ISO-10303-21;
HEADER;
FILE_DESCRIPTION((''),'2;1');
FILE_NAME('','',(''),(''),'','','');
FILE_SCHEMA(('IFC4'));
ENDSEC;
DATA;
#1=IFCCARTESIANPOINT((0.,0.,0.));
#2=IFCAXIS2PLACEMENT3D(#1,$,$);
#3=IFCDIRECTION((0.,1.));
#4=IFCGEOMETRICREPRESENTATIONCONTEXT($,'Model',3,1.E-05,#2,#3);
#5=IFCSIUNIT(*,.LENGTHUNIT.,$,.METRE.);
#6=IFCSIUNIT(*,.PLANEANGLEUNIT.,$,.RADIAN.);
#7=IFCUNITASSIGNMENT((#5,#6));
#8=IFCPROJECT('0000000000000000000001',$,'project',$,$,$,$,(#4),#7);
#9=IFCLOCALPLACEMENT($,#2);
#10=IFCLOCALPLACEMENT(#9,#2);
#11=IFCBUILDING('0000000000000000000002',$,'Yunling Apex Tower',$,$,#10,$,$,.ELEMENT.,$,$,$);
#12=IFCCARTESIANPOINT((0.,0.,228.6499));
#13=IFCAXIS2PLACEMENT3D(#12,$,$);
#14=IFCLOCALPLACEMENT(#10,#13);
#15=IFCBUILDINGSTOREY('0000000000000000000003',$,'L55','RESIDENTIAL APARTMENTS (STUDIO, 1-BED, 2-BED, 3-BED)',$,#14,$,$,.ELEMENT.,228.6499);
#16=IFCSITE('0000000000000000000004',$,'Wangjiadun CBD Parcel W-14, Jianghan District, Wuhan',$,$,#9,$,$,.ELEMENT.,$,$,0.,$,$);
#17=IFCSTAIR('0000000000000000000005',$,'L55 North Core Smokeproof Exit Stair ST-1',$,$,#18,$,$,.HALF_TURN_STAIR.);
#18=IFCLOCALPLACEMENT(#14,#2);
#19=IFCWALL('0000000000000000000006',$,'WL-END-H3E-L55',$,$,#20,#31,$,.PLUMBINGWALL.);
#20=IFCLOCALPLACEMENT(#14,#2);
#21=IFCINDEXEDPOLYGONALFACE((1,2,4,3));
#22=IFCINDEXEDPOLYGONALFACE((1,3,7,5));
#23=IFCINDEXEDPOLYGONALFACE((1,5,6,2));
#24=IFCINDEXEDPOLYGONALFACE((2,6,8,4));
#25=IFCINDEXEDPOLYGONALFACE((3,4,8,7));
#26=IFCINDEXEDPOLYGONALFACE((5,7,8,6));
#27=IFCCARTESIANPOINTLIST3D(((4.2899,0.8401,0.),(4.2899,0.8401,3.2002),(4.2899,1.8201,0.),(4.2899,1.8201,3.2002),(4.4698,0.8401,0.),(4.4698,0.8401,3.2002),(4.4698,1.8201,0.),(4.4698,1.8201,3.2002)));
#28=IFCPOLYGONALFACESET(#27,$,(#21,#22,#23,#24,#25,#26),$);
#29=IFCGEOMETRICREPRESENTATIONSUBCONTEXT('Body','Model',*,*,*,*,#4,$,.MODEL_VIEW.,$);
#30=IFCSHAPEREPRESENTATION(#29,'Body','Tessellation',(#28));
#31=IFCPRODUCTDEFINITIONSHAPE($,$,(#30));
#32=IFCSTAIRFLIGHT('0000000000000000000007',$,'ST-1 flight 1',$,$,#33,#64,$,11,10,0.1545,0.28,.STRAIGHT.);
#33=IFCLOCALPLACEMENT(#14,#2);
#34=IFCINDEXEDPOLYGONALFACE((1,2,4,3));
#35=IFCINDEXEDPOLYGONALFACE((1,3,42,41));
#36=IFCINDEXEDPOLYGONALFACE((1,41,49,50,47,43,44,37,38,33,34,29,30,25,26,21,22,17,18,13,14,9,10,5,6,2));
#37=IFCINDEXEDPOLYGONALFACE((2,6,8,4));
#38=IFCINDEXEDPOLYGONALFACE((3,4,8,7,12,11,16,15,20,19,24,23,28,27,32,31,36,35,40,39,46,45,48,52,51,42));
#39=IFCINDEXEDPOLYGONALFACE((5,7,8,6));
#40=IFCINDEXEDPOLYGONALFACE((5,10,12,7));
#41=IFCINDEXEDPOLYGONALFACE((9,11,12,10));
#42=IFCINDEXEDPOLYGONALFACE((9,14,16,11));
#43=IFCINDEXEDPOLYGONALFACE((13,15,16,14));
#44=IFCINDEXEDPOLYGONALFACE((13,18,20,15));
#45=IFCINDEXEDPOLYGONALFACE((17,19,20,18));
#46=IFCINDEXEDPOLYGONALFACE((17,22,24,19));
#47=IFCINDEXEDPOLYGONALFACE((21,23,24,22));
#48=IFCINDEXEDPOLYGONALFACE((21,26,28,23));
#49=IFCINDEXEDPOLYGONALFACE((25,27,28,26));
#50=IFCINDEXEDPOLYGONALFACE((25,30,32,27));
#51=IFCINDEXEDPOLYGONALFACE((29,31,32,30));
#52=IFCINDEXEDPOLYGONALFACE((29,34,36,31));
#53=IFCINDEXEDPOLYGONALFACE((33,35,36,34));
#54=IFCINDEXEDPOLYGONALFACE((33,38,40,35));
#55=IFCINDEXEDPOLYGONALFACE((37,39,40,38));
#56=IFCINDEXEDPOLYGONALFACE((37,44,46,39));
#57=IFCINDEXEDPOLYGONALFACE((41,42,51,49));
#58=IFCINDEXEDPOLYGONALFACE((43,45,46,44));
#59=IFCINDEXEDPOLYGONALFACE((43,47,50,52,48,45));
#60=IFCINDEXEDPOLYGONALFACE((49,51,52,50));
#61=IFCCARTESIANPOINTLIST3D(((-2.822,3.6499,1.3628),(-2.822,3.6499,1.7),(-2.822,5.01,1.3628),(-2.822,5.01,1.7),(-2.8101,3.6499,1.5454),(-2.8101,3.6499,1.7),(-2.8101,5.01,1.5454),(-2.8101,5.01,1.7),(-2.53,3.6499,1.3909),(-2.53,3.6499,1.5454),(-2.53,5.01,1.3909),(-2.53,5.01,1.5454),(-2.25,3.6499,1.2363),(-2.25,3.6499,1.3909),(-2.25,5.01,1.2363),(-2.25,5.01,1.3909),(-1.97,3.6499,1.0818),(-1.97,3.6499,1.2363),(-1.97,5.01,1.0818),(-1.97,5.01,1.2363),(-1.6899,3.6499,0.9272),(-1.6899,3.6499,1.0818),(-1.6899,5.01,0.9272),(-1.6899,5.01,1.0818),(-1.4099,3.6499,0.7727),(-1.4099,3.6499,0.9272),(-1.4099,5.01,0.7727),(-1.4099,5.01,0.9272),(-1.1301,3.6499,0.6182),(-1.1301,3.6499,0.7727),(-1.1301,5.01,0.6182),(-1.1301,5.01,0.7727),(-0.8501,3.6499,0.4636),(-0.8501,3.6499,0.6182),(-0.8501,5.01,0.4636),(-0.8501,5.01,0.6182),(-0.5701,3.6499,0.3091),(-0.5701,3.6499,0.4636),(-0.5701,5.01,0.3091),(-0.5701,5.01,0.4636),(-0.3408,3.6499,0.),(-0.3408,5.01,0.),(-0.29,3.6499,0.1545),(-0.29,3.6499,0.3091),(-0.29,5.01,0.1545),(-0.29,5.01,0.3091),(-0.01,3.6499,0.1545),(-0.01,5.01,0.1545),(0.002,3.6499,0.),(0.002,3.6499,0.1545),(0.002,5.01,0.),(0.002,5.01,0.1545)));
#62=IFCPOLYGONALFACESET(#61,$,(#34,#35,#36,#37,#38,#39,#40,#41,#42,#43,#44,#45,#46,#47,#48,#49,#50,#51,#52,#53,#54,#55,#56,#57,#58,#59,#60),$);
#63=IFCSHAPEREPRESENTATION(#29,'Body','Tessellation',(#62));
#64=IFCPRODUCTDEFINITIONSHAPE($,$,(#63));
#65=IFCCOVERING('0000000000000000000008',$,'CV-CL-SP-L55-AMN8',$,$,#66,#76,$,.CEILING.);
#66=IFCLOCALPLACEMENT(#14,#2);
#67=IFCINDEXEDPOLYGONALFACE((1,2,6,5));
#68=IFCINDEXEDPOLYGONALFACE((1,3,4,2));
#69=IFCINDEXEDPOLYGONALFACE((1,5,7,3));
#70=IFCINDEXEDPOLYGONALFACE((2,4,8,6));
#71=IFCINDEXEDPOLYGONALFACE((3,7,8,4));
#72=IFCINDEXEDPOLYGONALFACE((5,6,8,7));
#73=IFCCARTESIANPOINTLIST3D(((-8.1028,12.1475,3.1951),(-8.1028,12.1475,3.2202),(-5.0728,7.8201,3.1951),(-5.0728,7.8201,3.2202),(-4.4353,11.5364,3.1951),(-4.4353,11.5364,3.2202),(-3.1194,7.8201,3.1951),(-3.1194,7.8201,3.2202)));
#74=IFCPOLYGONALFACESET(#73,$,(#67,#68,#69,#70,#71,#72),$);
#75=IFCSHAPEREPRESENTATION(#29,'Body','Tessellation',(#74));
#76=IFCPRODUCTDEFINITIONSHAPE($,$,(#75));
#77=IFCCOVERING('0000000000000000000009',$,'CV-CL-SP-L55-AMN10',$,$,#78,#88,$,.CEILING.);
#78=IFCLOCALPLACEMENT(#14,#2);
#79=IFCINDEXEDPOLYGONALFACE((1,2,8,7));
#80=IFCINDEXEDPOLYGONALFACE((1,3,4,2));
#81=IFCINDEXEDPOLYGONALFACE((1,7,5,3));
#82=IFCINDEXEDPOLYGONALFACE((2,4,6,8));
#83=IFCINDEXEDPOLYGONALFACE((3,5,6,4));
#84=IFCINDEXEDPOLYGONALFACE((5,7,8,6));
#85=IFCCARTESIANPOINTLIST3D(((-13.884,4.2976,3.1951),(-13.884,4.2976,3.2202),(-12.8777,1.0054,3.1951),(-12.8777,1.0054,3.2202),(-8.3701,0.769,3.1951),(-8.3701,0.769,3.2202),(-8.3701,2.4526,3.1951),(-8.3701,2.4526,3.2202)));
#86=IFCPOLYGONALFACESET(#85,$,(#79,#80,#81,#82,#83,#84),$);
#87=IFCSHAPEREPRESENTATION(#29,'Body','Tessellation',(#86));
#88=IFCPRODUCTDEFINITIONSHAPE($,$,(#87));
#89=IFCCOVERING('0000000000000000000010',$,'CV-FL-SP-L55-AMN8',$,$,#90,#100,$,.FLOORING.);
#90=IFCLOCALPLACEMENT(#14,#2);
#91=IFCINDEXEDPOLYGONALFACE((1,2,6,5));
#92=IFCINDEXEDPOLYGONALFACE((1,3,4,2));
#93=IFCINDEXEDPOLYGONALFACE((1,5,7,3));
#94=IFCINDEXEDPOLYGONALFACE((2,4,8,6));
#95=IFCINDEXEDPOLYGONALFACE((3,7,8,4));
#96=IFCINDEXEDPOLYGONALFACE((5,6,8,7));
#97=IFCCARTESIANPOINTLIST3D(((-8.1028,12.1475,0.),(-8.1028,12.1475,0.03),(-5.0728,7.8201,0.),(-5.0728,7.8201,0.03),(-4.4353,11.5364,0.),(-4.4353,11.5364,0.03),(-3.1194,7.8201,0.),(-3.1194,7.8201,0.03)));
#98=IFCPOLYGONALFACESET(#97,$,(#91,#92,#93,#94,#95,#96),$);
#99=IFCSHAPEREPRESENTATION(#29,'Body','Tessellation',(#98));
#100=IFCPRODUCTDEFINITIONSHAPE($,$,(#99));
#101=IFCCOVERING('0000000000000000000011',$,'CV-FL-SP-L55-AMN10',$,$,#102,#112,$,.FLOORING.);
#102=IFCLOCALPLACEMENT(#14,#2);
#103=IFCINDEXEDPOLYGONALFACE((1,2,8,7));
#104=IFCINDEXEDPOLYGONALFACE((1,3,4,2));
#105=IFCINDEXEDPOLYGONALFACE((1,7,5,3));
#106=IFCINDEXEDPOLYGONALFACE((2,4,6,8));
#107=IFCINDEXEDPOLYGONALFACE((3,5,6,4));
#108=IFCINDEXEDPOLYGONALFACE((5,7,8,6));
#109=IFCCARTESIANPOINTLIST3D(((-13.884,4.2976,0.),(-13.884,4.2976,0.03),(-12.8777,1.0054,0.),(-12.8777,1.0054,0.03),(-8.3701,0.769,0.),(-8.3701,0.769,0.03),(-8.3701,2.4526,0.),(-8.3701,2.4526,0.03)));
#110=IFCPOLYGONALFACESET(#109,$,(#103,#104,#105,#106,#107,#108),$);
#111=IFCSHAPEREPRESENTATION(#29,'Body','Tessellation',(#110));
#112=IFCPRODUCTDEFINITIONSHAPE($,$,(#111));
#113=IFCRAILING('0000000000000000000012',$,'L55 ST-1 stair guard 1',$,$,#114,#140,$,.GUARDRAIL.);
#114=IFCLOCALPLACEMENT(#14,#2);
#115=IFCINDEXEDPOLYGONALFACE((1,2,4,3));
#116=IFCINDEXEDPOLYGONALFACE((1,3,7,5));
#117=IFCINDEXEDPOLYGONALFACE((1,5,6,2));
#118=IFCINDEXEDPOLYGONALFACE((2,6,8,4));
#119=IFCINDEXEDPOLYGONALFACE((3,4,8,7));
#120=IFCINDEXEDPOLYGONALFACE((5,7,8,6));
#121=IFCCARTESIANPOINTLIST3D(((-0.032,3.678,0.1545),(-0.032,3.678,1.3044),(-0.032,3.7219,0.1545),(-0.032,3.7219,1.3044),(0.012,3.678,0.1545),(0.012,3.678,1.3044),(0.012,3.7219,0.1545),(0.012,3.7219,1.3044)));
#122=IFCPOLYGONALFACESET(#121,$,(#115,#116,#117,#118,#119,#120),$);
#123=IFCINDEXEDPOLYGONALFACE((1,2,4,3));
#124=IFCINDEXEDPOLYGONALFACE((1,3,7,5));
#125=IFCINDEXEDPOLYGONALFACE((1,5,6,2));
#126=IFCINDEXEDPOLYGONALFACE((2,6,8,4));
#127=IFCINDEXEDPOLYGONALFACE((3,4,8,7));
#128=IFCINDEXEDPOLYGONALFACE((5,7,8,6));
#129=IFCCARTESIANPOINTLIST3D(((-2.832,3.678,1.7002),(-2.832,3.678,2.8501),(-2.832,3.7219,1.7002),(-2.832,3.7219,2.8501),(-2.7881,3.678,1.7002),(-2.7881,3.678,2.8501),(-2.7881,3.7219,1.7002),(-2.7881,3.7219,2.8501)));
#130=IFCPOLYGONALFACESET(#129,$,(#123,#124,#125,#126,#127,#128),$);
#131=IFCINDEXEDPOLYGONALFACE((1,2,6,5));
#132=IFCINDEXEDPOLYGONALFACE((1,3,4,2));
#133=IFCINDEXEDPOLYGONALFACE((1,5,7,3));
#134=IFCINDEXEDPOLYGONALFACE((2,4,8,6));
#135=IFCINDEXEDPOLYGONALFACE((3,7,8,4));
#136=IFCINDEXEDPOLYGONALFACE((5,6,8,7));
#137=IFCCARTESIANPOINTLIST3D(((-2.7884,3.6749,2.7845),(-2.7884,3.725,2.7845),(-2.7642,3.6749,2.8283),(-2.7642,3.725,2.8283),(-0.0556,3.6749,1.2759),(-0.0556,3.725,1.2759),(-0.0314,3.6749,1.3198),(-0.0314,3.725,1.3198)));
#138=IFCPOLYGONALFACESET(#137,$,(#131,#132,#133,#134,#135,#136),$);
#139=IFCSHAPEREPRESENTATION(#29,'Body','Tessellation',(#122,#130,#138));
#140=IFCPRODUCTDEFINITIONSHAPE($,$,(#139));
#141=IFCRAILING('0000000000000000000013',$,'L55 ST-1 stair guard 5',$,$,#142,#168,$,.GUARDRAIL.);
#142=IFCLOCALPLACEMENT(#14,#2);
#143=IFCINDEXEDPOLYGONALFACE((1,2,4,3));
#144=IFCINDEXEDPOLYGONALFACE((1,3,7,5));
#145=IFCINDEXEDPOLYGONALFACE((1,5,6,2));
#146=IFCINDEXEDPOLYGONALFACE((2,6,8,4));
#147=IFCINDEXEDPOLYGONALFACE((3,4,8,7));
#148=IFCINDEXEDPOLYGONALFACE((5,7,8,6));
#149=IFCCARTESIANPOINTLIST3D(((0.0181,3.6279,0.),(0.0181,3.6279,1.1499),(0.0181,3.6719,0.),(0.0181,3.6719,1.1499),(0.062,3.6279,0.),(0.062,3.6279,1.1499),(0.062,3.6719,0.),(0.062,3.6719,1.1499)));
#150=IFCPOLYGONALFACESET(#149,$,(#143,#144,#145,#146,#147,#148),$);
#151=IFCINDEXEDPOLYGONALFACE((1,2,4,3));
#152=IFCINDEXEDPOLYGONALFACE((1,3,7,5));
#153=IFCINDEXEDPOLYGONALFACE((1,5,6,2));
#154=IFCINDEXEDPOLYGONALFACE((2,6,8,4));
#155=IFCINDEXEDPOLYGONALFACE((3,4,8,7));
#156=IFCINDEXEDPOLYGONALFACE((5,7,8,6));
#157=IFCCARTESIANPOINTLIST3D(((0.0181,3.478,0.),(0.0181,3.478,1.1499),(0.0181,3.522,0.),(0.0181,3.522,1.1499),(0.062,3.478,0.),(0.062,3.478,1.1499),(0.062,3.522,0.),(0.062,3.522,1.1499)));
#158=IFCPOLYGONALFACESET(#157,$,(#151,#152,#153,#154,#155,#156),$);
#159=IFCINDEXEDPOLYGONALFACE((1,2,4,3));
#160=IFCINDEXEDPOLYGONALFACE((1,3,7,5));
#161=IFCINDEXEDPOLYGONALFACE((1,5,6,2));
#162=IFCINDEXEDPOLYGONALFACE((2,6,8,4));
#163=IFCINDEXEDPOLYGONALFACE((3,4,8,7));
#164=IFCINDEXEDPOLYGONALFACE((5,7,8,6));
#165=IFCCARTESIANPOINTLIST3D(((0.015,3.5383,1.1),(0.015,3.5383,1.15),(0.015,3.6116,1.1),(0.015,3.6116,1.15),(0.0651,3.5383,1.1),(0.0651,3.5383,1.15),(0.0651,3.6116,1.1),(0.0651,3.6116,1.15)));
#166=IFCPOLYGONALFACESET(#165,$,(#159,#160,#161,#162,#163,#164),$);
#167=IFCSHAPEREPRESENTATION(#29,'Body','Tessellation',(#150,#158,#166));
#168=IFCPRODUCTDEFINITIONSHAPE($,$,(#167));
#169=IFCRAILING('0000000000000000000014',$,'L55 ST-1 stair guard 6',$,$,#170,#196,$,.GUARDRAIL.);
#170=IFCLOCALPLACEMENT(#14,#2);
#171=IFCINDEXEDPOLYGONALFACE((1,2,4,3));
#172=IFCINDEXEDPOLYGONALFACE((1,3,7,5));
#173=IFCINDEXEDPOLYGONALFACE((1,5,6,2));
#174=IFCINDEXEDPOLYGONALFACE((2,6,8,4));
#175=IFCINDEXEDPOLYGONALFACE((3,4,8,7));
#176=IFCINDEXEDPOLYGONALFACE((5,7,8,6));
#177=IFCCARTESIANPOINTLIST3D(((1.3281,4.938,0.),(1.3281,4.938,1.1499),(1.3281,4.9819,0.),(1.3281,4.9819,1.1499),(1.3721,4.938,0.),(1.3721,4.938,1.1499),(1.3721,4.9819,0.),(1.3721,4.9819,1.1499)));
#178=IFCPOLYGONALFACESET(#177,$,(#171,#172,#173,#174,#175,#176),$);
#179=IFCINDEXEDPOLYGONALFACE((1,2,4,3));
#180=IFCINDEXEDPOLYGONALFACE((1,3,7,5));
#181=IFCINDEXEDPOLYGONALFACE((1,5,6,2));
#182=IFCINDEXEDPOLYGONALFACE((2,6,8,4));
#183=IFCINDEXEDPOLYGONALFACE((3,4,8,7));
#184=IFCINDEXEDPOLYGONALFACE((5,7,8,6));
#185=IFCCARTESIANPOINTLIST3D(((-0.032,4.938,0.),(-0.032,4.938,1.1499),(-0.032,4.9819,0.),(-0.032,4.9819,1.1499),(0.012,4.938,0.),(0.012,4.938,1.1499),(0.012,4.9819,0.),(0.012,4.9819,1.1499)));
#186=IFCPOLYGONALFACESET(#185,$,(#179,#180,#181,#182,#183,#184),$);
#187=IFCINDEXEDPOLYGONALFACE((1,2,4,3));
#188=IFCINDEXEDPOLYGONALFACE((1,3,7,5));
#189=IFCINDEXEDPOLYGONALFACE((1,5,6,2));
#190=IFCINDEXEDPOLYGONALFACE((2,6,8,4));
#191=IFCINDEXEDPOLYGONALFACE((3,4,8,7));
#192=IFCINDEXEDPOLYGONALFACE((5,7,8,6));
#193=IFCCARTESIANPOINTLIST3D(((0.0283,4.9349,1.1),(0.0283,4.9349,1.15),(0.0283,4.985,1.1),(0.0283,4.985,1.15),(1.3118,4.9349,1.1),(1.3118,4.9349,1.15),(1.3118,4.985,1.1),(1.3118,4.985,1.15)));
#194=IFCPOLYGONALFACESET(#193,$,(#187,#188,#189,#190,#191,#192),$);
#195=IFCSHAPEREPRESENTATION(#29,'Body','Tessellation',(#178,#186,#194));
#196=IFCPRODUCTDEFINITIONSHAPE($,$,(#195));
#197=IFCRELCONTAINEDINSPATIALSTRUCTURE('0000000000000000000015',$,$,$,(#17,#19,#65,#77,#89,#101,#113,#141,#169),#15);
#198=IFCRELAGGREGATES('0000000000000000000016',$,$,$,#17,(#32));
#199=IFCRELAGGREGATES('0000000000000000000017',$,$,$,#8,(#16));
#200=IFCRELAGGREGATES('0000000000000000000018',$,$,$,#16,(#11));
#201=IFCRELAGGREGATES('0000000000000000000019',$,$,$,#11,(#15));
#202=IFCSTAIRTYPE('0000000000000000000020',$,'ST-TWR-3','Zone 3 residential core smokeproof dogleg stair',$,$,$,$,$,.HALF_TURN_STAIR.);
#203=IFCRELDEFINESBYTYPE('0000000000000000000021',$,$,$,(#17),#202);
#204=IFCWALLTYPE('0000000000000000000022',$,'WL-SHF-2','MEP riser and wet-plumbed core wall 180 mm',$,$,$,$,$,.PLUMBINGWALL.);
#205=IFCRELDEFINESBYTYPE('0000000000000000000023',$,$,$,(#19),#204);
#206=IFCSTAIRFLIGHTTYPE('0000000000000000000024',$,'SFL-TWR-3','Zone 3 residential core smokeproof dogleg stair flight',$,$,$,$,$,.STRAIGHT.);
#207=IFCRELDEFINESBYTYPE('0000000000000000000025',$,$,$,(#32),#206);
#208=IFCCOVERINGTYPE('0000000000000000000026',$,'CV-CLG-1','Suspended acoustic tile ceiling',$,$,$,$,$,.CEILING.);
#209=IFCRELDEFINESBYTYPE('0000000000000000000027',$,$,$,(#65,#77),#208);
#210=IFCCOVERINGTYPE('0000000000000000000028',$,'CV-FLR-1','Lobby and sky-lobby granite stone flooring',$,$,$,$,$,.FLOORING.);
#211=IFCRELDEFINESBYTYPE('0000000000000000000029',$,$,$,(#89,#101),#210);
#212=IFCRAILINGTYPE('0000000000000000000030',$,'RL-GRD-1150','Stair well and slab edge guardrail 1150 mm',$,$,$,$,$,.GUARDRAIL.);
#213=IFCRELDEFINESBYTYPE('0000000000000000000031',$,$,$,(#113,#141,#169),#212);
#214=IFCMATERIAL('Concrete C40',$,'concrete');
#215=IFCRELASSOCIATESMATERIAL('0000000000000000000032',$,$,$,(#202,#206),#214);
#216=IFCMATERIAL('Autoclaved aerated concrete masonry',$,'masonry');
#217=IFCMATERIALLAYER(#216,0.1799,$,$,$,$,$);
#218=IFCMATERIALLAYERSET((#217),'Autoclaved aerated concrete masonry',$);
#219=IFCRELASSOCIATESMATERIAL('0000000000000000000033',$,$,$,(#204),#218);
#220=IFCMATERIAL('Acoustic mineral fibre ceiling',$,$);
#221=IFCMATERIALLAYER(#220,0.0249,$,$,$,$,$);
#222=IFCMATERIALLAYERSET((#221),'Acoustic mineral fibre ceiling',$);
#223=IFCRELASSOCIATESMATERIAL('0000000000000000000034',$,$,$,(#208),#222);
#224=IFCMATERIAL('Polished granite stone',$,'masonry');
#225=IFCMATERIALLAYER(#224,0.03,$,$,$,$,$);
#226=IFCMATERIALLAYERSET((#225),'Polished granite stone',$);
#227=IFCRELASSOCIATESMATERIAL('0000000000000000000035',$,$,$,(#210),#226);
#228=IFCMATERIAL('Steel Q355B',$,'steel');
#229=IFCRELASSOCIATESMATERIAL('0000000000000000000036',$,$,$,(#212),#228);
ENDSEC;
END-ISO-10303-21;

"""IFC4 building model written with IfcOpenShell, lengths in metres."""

from ifc_helpers import new_model, si_unit, direction, frame, frame_2d, origin, origin_2d, place, context, subcontext, project, spatial, polyline, rectangle, outline, extrude, material, layer, layer_set, type_object, element, aggregate, save


model = new_model("IFC4")

# Units and contexts
model_context = context("Model", 3, precision=1e-05, world=origin(), true_north=direction((0.0, 1.0)))
body_context = subcontext(model_context, "Body", "Model", "MODEL_VIEW")
ifc_project = project(units=[si_unit("LENGTHUNIT", "METRE"), si_unit("PLANEANGLEUNIT", "RADIAN")], contexts=[model_context])

# Site, building, storey
site_placement = place(None, origin())
site = spatial("IfcSite", under=ifc_project, at=site_placement, Name="Wangjiadun CBD Parcel W-14, Jianghan District, Wuhan", CompositionType="ELEMENT", RefElevation=0.0)
building_placement = place(site_placement, origin())
building = spatial("IfcBuilding", under=site, at=building_placement, Name="Yunling Apex Tower", CompositionType="ELEMENT")
storey_placement = place(building_placement, frame((0.0, 0.0, 228.6499)))
storey = spatial("IfcBuildingStorey", under=building, at=storey_placement, Name="L55", Description="RESIDENTIAL APARTMENTS (STUDIO, 1-BED, 2-BED, 3-BED)", CompositionType="ELEMENT", Elevation=228.6499)

# Shared definitions
ifc_material_1 = material(Name="Steel Q355B", Category="steel")

# Shared definitions
ifc_material_2 = material(Name="Concrete C40", Category="concrete")

# Stair
stair_type = type_object("IfcStairType", Name="ST-TWR-3", Description="Zone 3 residential core smokeproof dogleg stair", PredefinedType="HALF_TURN_STAIR", material=ifc_material_2)
stair_1_placement = place(storey_placement, origin())
stair_1 = element("IfcStair", 1, at=stair_1_placement, inside=storey, type_object=stair_type, Name="L55 North Core Smokeproof Exit Stair ST-1", PredefinedType="HALF_TURN_STAIR")

# Shared definitions
ifc_material_3 = material(Name="Autoclaved aerated concrete masonry", Category="masonry")

# Wall
ifc_layer_1 = layer(ifc_material_3, 0.1799)
ifc_layer_set_1 = layer_set([ifc_layer_1], Name="Autoclaved aerated concrete masonry")
wall_type_1 = type_object("IfcWallType", Name="WL-SHF-2", Description="MEP riser and wet-plumbed core wall 180 mm", PredefinedType="PLUMBINGWALL", material=ifc_layer_set_1)
for number, where, z_axis, x_axis, name in (
    (2, (4.3799, 0.8401, 0.0), (0.0, 0.0, 1.0), (0.0, 1.0, 0.0), "WL-END-H3E-L55"),
):
    element("IfcWall", number, at=place(storey_placement, frame(where, z_axis=z_axis, x_axis=x_axis)), inside=storey, type_object=wall_type_1, Name=name, PredefinedType="PLUMBINGWALL", context=body_context, shape_type="SweptSolid", body=[
        extrude(rectangle(XDim=0.98, YDim=0.1799, at=frame_2d((0.49, 0.0))), origin(), (0.0, 0.0, 1.0), 3.2002),
    ])

# Stair flight
stair_flight_type = type_object("IfcStairFlightType", Name="SFL-TWR-3", Description="Zone 3 residential core smokeproof dogleg stair flight", PredefinedType="STRAIGHT", material=ifc_material_2)
stair_flight_placement = place(storey_placement, frame((-0.01, 4.3301, 0.0), z_axis=(0.0, 0.0, 1.0), x_axis=(-1.0, 0.0, 0.0)))
stair_flight = element("IfcStairFlight", 3, at=stair_flight_placement, type_object=stair_flight_type, Name="ST-1 flight 1", NumberOfRisers=11, NumberOfTreads=10, PredefinedType="STRAIGHT", RiserHeight=0.1545, TreadLength=0.28, context=body_context, shape_type="SweptSolid", body=[
    extrude(outline(polyline([(-0.012, 0.0), (-0.012, 0.1545), (0.0, 0.1545), (0.28, 0.1545), (0.28, 0.3091), (0.5601, 0.3091), (0.5601, 0.4636), (0.8401, 0.4636), (0.8401, 0.6182), (1.1201, 0.6182), (1.1201, 0.7727), (1.3999, 0.7727), (1.3999, 0.9272), (1.6799, 0.9272), (1.6799, 1.0818), (1.96, 1.0818), (1.96, 1.2363), (2.24, 1.2363), (2.24, 1.3909), (2.52, 1.3909), (2.52, 1.5454), (2.8, 1.5454), (2.8, 1.7), (2.812, 1.7), (2.812, 1.3628), (0.3308, 0.0), (-0.012, 0.0)])), frame((0.0, 0.6802, 0.0), z_axis=(0.0, -1.0, 0.0), x_axis=(1.0, 0.0, 0.0)), (0.0, 0.0, 1.0), 1.3601),
])
aggregate(stair_1, [stair_flight])

# Coverings
ifc_material_4 = material(Name="Acoustic mineral fibre ceiling")
ifc_layer_2 = layer(ifc_material_4, 0.0249)
ifc_layer_set_2 = layer_set([ifc_layer_2], Name="Acoustic mineral fibre ceiling")
covering_type_1 = type_object("IfcCoveringType", Name="CV-CLG-1", Description="Suspended acoustic tile ceiling", PredefinedType="CEILING", material=ifc_layer_set_2)
covering_1_placement = place(storey_placement, frame((0.0, 0.0, 3.1951)))
element("IfcCovering", 4, at=covering_1_placement, inside=storey, type_object=covering_type_1, Name="CV-CL-SP-L55-AMN8", PredefinedType="CEILING", context=body_context, shape_type="SweptSolid", body=[
    extrude(outline(polyline([(-8.1028, 12.1475), (-4.4353, 11.5364), (-3.1194, 7.8201), (-5.0728, 7.8201), (-8.1028, 12.1475)])), origin(), (0.0, 0.0, 1.0), 0.0251),
])
covering_2_placement = place(storey_placement, frame((0.0, 0.0, 3.1951)))
element("IfcCovering", 5, at=covering_2_placement, inside=storey, type_object=covering_type_1, Name="CV-CL-SP-L55-AMN10", PredefinedType="CEILING", context=body_context, shape_type="SweptSolid", body=[
    extrude(outline(polyline([(-12.8777, 1.0054), (-13.884, 4.2976), (-8.3701, 2.4526), (-8.3701, 0.769), (-12.8777, 1.0054)])), origin(), (0.0, 0.0, 1.0), 0.0251),
])
ifc_material_5 = material(Name="Polished granite stone", Category="masonry")
ifc_layer_3 = layer(ifc_material_5, 0.03)
ifc_layer_set_3 = layer_set([ifc_layer_3], Name="Polished granite stone")
covering_type_2 = type_object("IfcCoveringType", Name="CV-FLR-1", Description="Lobby and sky-lobby granite stone flooring", PredefinedType="FLOORING", material=ifc_layer_set_3)
covering_3_placement = place(storey_placement, origin())
element("IfcCovering", 6, at=covering_3_placement, inside=storey, type_object=covering_type_2, Name="CV-FL-SP-L55-AMN8", PredefinedType="FLOORING", context=body_context, shape_type="SweptSolid", body=[
    extrude(outline(polyline([(-8.1028, 12.1475), (-4.4353, 11.5364), (-3.1194, 7.8201), (-5.0728, 7.8201), (-8.1028, 12.1475)])), origin(), (0.0, 0.0, 1.0), 0.03),
])
covering_4_placement = place(storey_placement, origin())
element("IfcCovering", 7, at=covering_4_placement, inside=storey, type_object=covering_type_2, Name="CV-FL-SP-L55-AMN10", PredefinedType="FLOORING", context=body_context, shape_type="SweptSolid", body=[
    extrude(outline(polyline([(-12.8777, 1.0054), (-13.884, 4.2976), (-8.3701, 2.4526), (-8.3701, 0.769), (-12.8777, 1.0054)])), origin(), (0.0, 0.0, 1.0), 0.03),
])

# Railings
railing_type_1 = type_object("IfcRailingType", Name="RL-GRD-1150", Description="Stair well and slab edge guardrail 1150 mm", PredefinedType="GUARDRAIL", material=ifc_material_1)
railing_1_placement = place(storey_placement, frame((-0.01, 3.7, 0.1545)))
element("IfcRailing", 8, at=railing_1_placement, inside=storey, type_object=railing_type_1, Name="L55 ST-1 stair guard 1", PredefinedType="GUARDRAIL", context=body_context, shape_type="SweptSolid", body=[
    extrude(rectangle(XDim=0.0439, YDim=0.0439, at=origin_2d()), origin(), (0.0, 0.0, 1.0), 1.1499),
    extrude(rectangle(XDim=0.0439, YDim=0.0439, at=origin_2d()), frame((-2.8, 0.0, 1.5457)), (0.0, 0.0, 1.0), 1.1499),
    extrude(rectangle(XDim=0.05, YDim=0.05, at=origin_2d()), frame((-0.0334, 0.0, 1.1433), z_axis=(-0.875472, 0.0, 0.483269), x_axis=(0.0, -1.0, 0.0)), (0.0, 0.0, 1.0), 3.1216),
])
railing_2_placement = place(storey_placement, frame((0.04, 3.6499, 0.0)))
element("IfcRailing", 9, at=railing_2_placement, inside=storey, type_object=railing_type_1, Name="L55 ST-1 stair guard 5", PredefinedType="GUARDRAIL", context=body_context, shape_type="SweptSolid", body=[
    extrude(rectangle(XDim=0.0439, YDim=0.0439, at=origin_2d()), origin(), (0.0, 0.0, 1.0), 1.1499),
    extrude(rectangle(XDim=0.0439, YDim=0.0439, at=origin_2d()), frame((0.0, -0.1499, 0.0)), (0.0, 0.0, 1.0), 1.1499),
    extrude(rectangle(XDim=0.05, YDim=0.05, at=origin_2d()), frame((0.0, -0.0383, 1.125), z_axis=(0.0, -1.0, 0.0), x_axis=(1.0, 0.0, 0.0)), (0.0, 0.0, 1.0), 0.0732),
])
railing_3_placement = place(storey_placement, frame((1.3501, 4.96, 0.0)))
element("IfcRailing", 10, at=railing_3_placement, inside=storey, type_object=railing_type_1, Name="L55 ST-1 stair guard 6", PredefinedType="GUARDRAIL", context=body_context, shape_type="SweptSolid", body=[
    extrude(rectangle(XDim=0.0439, YDim=0.0439, at=origin_2d()), origin(), (0.0, 0.0, 1.0), 1.1499),
    extrude(rectangle(XDim=0.0439, YDim=0.0439, at=origin_2d()), frame((-1.3601, 0.0, 0.0)), (0.0, 0.0, 1.0), 1.1499),
    extrude(rectangle(XDim=0.05, YDim=0.05, at=origin_2d()), frame((-0.0383, 0.0, 1.125), z_axis=(-1.0, 0.0, 0.0), x_axis=(0.0, -1.0, 0.0)), (0.0, 0.0, 1.0), 1.2834),
])

save(model, "model.ifc")
